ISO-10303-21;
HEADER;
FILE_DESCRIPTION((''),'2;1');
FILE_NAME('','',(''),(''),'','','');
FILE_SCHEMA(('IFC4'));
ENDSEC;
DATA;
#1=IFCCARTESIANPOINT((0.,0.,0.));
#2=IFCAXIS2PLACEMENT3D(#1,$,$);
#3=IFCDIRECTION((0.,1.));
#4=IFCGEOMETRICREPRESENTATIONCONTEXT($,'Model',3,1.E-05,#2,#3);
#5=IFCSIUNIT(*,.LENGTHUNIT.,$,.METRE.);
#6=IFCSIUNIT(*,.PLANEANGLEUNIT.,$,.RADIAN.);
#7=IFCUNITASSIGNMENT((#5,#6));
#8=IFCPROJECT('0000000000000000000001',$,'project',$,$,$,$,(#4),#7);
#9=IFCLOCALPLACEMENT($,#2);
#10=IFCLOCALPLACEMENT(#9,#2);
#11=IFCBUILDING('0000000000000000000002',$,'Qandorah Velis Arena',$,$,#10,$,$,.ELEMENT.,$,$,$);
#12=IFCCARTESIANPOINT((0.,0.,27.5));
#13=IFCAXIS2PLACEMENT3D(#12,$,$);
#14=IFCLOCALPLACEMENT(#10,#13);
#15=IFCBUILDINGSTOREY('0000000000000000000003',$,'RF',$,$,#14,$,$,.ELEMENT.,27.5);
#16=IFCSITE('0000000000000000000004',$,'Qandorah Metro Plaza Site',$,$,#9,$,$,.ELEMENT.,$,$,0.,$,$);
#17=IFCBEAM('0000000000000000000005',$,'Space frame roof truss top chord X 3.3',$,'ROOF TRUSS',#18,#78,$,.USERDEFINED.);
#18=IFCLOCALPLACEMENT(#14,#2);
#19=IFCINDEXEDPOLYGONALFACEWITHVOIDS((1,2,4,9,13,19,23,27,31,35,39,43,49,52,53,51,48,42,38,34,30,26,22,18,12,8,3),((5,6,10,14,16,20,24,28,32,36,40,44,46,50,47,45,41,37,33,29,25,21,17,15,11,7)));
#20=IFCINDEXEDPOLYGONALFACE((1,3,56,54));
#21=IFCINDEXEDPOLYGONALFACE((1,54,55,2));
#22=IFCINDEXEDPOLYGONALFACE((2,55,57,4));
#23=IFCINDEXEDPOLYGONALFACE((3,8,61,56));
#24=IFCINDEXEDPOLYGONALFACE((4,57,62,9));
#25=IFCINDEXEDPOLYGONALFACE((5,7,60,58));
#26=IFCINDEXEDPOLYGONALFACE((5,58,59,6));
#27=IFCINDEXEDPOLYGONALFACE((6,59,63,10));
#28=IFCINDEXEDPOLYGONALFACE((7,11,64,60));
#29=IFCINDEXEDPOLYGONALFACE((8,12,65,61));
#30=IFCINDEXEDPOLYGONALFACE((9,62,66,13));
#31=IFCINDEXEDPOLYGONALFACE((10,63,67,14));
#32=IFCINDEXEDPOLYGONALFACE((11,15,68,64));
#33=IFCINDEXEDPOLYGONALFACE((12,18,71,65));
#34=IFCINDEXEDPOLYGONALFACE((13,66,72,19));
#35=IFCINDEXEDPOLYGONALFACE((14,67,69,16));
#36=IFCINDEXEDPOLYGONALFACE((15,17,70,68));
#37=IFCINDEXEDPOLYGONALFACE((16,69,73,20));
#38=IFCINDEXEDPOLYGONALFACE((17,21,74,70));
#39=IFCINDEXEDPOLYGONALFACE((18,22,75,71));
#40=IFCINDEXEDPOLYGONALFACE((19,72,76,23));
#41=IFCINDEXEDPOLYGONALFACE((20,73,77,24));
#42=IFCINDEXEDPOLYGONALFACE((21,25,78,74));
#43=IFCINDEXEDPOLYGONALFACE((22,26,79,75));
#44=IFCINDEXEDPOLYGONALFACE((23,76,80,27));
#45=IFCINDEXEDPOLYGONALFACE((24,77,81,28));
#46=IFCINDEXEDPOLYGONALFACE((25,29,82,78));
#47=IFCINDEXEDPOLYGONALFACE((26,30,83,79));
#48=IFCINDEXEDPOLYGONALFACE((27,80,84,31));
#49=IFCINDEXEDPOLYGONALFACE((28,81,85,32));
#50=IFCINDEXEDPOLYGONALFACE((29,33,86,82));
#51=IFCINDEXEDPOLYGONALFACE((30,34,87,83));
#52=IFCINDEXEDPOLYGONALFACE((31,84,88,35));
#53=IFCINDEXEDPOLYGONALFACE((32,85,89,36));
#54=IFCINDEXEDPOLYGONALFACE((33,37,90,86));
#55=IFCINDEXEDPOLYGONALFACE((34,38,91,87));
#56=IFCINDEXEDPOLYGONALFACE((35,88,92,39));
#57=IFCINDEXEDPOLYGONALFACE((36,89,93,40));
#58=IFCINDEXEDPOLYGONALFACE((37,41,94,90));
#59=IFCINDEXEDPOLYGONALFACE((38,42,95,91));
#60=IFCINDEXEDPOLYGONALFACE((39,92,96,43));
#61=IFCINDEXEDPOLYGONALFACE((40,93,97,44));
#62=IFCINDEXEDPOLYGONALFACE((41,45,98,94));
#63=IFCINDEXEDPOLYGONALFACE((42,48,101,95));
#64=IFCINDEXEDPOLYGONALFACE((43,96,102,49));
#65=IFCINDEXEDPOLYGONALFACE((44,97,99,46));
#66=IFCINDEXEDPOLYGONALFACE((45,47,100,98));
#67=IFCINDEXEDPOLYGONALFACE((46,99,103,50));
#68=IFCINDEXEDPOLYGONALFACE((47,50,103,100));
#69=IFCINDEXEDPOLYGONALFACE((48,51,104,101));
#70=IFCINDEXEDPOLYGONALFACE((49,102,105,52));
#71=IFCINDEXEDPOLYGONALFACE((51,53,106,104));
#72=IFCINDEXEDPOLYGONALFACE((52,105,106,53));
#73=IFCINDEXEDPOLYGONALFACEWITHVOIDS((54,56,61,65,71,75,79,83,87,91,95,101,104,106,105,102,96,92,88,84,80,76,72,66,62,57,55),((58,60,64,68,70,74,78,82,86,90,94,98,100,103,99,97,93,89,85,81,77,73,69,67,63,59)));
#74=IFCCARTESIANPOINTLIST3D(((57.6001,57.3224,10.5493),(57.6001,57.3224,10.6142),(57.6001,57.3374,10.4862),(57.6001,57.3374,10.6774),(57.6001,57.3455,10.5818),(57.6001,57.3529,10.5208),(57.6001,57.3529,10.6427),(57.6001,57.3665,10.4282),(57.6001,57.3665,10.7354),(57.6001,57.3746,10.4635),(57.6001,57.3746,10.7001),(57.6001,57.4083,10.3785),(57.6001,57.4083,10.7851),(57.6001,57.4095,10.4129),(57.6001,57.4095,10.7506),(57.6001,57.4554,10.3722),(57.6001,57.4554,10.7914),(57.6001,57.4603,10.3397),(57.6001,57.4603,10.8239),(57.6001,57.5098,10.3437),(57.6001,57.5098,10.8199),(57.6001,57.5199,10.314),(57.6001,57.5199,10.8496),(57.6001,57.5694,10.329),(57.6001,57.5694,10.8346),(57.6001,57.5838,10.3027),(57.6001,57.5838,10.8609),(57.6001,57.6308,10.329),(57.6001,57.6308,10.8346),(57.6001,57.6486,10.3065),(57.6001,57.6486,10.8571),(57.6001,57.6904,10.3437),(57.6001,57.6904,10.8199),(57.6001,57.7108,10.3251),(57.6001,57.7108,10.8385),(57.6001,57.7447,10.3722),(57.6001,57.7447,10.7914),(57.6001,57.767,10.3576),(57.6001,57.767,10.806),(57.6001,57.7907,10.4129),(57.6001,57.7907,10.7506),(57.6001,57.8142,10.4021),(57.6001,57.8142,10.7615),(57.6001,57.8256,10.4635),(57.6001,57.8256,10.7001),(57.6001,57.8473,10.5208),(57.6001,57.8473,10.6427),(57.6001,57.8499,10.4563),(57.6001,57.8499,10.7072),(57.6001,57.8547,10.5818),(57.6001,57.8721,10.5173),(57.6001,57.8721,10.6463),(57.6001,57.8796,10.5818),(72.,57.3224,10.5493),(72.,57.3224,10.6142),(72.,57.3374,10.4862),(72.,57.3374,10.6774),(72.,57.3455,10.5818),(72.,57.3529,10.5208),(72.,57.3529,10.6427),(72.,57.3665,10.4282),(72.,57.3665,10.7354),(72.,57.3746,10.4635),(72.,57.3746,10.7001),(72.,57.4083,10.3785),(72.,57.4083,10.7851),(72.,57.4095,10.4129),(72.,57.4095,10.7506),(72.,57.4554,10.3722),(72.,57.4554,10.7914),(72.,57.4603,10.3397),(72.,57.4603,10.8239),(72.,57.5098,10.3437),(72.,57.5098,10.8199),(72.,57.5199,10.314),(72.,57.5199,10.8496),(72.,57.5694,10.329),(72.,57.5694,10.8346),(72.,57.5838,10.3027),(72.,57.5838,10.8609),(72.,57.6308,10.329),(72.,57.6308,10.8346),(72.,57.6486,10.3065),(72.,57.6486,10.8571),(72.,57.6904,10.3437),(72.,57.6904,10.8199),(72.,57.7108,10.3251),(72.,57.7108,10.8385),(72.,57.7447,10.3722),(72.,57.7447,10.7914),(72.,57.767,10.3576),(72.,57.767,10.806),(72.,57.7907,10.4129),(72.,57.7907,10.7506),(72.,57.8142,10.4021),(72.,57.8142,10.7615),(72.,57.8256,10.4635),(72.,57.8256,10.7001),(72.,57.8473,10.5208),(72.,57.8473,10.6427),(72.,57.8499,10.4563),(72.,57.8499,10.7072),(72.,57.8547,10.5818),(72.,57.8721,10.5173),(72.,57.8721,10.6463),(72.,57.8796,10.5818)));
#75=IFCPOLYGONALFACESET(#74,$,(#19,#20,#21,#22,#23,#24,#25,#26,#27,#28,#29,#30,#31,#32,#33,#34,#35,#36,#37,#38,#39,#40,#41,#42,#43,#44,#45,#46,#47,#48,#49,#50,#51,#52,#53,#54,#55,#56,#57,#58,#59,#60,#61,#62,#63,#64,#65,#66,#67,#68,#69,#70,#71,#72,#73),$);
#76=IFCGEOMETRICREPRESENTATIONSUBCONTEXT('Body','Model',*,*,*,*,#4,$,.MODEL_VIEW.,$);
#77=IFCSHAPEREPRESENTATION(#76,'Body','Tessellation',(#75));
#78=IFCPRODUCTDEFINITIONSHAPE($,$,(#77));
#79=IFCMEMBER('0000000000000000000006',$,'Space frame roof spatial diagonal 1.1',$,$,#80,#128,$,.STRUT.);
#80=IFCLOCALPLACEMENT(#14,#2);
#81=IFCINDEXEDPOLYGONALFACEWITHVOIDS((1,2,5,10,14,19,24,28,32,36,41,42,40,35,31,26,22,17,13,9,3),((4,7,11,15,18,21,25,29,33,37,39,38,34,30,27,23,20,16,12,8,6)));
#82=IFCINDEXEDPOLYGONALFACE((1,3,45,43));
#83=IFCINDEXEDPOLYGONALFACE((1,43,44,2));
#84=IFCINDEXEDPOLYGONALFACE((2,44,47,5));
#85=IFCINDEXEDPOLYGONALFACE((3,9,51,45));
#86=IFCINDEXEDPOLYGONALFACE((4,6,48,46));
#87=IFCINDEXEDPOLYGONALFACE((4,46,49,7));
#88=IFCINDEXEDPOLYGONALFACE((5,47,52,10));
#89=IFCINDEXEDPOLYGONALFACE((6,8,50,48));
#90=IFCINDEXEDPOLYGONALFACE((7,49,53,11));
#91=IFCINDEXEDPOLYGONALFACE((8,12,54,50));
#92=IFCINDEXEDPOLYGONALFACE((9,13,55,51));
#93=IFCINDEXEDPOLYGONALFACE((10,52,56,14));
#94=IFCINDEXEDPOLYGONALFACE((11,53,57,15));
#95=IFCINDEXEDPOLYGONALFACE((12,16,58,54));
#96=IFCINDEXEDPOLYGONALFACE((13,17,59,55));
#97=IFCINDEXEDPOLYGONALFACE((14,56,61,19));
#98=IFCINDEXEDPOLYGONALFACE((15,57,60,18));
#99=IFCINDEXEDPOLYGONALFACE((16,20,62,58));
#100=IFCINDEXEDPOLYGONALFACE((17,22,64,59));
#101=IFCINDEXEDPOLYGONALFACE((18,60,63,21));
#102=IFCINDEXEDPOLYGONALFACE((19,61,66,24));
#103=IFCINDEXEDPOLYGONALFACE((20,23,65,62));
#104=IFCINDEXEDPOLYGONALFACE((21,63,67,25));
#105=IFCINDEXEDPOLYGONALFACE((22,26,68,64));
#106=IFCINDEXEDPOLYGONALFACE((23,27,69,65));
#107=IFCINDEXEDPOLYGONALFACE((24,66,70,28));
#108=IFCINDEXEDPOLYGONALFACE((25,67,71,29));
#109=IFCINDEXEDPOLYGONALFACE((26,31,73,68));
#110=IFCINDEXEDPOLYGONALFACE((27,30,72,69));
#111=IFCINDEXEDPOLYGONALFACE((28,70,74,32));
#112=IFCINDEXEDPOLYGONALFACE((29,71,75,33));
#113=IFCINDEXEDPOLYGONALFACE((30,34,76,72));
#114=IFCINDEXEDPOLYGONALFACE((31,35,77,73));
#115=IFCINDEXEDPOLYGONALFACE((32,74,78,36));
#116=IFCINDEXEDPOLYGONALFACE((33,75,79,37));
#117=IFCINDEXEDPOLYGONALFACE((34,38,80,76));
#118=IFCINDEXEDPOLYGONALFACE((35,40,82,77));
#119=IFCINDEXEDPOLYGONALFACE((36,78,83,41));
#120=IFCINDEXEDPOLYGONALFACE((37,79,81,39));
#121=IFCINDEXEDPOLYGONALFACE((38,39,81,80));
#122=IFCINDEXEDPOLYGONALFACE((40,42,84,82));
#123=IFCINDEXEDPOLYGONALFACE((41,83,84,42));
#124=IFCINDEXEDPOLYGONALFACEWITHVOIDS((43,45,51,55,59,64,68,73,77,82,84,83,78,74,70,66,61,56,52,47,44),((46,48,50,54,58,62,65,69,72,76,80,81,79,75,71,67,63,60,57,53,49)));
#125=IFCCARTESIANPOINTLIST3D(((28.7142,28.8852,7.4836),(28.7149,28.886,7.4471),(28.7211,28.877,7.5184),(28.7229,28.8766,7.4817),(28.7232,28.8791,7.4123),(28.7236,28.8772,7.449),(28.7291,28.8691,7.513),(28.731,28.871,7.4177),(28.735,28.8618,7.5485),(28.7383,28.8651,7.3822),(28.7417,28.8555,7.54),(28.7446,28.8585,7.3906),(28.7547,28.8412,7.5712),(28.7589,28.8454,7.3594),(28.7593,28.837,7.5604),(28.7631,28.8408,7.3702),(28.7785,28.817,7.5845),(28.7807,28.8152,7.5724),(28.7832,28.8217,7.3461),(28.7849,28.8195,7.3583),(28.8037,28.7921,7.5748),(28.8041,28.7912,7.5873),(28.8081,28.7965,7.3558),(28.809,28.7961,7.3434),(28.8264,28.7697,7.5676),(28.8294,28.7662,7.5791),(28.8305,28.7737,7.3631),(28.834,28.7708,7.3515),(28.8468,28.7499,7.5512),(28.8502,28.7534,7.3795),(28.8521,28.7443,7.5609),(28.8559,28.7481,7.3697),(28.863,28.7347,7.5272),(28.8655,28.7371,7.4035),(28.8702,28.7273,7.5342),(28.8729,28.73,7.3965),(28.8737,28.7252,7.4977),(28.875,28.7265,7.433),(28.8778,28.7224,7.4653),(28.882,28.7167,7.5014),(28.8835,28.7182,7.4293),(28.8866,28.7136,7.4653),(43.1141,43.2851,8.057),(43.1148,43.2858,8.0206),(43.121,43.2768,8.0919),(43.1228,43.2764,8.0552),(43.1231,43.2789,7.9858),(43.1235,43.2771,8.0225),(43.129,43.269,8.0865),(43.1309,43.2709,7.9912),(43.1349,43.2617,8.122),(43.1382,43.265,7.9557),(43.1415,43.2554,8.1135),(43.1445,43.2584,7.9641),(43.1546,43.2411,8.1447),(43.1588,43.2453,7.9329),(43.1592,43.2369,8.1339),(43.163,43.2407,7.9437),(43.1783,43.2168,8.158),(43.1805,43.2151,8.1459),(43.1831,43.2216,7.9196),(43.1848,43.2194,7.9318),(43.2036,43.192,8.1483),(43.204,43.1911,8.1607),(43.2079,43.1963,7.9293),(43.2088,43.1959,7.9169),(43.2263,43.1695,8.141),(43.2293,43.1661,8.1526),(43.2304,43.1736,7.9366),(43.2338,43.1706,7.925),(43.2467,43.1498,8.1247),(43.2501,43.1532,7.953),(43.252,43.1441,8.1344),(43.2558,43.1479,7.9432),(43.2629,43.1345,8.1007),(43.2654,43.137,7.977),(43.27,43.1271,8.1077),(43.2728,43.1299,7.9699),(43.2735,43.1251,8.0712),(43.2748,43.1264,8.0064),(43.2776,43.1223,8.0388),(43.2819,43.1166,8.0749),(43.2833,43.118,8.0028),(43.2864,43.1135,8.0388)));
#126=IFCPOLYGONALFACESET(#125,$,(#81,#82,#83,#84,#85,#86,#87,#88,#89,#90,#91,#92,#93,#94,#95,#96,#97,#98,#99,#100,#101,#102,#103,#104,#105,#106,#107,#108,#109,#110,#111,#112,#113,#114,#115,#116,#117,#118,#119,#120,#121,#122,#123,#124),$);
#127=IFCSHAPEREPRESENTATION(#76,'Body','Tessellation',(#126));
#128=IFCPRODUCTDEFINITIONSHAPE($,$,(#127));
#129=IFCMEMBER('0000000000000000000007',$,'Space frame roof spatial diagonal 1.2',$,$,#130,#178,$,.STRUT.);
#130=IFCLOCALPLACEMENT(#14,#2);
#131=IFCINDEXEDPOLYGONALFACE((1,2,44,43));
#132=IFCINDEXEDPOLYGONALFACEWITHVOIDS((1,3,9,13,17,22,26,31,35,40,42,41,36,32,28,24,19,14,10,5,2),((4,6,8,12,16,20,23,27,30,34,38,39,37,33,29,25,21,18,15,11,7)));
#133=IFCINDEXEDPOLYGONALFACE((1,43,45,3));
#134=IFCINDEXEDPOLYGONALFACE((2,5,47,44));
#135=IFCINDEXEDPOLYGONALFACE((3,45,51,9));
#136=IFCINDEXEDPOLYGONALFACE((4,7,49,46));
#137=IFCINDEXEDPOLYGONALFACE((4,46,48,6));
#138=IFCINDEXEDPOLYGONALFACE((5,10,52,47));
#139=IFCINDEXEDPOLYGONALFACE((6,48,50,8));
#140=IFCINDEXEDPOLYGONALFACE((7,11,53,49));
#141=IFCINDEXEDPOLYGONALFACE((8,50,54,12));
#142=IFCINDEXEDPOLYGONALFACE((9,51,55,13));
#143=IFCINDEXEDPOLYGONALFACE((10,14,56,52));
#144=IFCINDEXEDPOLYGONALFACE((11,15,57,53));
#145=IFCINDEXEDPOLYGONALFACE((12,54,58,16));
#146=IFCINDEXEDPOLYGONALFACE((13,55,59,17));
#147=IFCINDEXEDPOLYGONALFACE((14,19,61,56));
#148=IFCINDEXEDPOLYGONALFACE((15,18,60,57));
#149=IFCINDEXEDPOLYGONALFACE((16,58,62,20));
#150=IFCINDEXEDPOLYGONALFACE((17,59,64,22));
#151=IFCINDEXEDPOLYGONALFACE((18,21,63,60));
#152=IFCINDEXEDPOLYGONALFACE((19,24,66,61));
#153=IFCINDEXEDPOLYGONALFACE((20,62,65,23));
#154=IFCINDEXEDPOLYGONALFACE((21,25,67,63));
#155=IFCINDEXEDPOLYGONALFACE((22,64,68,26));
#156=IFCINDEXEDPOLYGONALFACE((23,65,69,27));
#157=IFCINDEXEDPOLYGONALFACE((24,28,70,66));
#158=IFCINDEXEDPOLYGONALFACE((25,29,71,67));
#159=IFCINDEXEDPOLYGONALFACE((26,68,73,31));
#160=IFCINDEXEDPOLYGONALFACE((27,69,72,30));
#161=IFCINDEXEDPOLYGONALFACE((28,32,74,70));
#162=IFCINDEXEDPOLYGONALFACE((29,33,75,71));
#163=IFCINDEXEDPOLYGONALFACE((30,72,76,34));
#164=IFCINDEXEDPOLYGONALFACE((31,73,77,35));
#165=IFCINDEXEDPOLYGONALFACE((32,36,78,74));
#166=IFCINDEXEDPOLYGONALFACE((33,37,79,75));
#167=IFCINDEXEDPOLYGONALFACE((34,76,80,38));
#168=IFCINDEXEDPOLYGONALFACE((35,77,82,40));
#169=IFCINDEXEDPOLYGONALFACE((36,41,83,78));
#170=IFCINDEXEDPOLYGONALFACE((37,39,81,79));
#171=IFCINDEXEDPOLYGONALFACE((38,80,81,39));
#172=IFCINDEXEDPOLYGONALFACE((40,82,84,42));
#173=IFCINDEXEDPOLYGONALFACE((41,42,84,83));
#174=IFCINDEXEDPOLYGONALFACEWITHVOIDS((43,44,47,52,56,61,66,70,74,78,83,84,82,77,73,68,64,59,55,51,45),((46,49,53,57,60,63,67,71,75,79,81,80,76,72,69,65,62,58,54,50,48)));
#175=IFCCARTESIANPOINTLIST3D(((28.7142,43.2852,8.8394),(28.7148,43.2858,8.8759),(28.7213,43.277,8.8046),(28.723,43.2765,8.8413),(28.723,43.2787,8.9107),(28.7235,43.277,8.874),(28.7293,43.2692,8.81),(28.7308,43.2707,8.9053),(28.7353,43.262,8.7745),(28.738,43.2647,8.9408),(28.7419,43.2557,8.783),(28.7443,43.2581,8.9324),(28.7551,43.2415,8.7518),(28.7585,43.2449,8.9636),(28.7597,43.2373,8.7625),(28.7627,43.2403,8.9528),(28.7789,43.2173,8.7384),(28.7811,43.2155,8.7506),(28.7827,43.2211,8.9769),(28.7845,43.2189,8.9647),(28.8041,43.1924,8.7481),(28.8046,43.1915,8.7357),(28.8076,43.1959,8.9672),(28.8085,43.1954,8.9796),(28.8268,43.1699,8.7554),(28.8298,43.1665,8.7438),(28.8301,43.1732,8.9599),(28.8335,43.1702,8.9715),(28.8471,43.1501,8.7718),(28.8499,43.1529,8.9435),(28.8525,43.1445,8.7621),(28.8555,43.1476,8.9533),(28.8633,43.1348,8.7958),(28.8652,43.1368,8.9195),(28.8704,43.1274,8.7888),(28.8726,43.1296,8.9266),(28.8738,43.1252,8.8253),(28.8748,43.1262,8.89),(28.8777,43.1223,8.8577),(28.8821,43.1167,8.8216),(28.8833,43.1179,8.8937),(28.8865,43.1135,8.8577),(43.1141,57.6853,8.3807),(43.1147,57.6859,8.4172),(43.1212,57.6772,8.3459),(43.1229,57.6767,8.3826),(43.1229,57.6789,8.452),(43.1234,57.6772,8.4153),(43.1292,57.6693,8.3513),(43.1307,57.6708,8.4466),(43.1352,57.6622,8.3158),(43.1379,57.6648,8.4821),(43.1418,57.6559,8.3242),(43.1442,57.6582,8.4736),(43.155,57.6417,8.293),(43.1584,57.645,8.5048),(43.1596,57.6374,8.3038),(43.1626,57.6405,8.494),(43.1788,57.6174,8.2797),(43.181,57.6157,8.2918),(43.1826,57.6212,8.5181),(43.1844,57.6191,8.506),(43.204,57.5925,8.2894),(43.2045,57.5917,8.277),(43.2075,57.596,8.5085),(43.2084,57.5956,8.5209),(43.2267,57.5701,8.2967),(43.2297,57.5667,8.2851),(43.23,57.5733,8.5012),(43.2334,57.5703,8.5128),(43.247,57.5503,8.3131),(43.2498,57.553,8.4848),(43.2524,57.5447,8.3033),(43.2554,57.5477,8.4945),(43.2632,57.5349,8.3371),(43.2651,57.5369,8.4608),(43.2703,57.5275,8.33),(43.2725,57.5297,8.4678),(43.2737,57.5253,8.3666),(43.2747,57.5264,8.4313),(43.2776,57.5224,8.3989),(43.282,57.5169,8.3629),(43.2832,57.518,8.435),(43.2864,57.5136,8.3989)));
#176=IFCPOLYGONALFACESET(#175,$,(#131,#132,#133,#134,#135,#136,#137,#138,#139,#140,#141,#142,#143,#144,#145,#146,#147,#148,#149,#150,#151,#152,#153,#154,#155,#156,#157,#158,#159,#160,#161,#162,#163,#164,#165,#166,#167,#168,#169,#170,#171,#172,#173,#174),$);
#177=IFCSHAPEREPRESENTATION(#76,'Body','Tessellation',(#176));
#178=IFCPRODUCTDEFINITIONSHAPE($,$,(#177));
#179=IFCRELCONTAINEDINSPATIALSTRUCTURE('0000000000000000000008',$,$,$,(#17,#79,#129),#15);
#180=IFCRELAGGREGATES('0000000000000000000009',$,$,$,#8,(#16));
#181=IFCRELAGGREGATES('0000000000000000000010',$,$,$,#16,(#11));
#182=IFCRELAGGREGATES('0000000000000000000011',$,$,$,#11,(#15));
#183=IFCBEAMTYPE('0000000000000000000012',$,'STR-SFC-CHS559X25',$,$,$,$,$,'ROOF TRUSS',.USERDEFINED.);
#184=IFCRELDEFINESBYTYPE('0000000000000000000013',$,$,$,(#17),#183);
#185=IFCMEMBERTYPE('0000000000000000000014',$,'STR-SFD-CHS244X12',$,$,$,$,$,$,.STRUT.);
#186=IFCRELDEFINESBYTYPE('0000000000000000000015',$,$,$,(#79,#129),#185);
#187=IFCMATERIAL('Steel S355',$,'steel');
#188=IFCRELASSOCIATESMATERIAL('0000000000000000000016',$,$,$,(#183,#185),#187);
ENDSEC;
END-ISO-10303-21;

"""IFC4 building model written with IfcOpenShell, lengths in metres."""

from ifc_helpers import new_model, si_unit, direction, frame, origin, origin_2d, place, context, subcontext, project, spatial, hollow_circle, extrude, material, material_profile, profile_set, type_object, element, save


model = new_model("IFC4")

# Units and contexts
model_context = context("Model", 3, precision=1e-05, world=origin(), true_north=direction((0.0, 1.0)))
body_context = subcontext(model_context, "Body", "Model", "MODEL_VIEW")
ifc_project = project(units=[si_unit("LENGTHUNIT", "METRE"), si_unit("PLANEANGLEUNIT", "RADIAN")], contexts=[model_context])

# Site, building, storey
site_placement = place(None, origin())
site = spatial("IfcSite", under=ifc_project, at=site_placement, Name="Qandorah Metro Plaza Site", CompositionType="ELEMENT", RefElevation=0.0)
building_placement = place(site_placement, origin())
building = spatial("IfcBuilding", under=site, at=building_placement, Name="Qandorah Velis Arena", CompositionType="ELEMENT")
storey_placement = place(building_placement, frame((0.0, 0.0, 27.5)))
storey = spatial("IfcBuildingStorey", under=building, at=storey_placement, Name="RF", CompositionType="ELEMENT", Elevation=27.5)

# Shared definitions
ifc_material_1 = material(Name="Steel S355", Category="steel")

# Beam
ifc_material_profile_1 = material_profile(ifc_material_1, hollow_circle(Radius=0.2795, WallThickness=0.0249, at=origin_2d()), Name="CHS 559x25")
ifc_profile_set_1 = profile_set([ifc_material_profile_1], Name="Steel S355")
beam_type_1 = type_object("IfcBeamType", Name="STR-SFC-CHS559X25", ElementType="ROOF TRUSS", PredefinedType="USERDEFINED", material=ifc_profile_set_1)
beam_1_placement = place(storey_placement, frame((57.6001, 57.6001, 10.5818), z_axis=(1.0, 0.0, 0.0), x_axis=(0.0, 1.0, 0.0)))
element("IfcBeam", 1, at=beam_1_placement, inside=storey, type_object=beam_type_1, Name="Space frame roof truss top chord X 3.3", ObjectType="ROOF TRUSS", PredefinedType="USERDEFINED", context=body_context, shape_type="SweptSolid", body=[
    extrude(hollow_circle(Radius=0.2795, WallThickness=0.0249, at=origin_2d()), origin(), (0.0, 0.0, 1.0), 14.3999),
])

# Members
ifc_material_profile_2 = material_profile(ifc_material_1, hollow_circle(Radius=0.1223, WallThickness=0.0125, at=origin_2d()), Name="CHS 244.5x12.5")
ifc_profile_set_2 = profile_set([ifc_material_profile_2], Name="Steel S355")
member_type_1 = type_object("IfcMemberType", Name="STR-SFD-CHS244X12", PredefinedType="STRUT", material=ifc_profile_set_2)
member_1_placement = place(storey_placement, frame((43.2, 43.2, 8.0388), z_axis=(-0.706827, -0.706827, -0.02815), x_axis=(0.707107, -0.707107, 0.0)))
element("IfcMember", 2, at=member_1_placement, inside=storey, type_object=member_type_1, Name="Space frame roof spatial diagonal 1.1", PredefinedType="STRUT", context=body_context, shape_type="SweptSolid", body=[
    extrude(hollow_circle(Radius=0.1223, WallThickness=0.0125, at=origin_2d()), origin(), (0.0, 0.0, 1.0), 20.3726),
])
member_2_placement = place(storey_placement, frame((43.2, 57.6001, 8.3989), z_axis=(-0.706921, -0.706933, 0.022521), x_axis=(0.707113, -0.707101, 0.0)))
element("IfcMember", 3, at=member_2_placement, inside=storey, type_object=member_type_1, Name="Space frame roof spatial diagonal 1.2", PredefinedType="STRUT", context=body_context, shape_type="SweptSolid", body=[
    extrude(hollow_circle(Radius=0.1223, WallThickness=0.0125, at=origin_2d()), origin(), (0.0, 0.0, 1.0), 20.3699),
])

save(model, "model.ifc")
